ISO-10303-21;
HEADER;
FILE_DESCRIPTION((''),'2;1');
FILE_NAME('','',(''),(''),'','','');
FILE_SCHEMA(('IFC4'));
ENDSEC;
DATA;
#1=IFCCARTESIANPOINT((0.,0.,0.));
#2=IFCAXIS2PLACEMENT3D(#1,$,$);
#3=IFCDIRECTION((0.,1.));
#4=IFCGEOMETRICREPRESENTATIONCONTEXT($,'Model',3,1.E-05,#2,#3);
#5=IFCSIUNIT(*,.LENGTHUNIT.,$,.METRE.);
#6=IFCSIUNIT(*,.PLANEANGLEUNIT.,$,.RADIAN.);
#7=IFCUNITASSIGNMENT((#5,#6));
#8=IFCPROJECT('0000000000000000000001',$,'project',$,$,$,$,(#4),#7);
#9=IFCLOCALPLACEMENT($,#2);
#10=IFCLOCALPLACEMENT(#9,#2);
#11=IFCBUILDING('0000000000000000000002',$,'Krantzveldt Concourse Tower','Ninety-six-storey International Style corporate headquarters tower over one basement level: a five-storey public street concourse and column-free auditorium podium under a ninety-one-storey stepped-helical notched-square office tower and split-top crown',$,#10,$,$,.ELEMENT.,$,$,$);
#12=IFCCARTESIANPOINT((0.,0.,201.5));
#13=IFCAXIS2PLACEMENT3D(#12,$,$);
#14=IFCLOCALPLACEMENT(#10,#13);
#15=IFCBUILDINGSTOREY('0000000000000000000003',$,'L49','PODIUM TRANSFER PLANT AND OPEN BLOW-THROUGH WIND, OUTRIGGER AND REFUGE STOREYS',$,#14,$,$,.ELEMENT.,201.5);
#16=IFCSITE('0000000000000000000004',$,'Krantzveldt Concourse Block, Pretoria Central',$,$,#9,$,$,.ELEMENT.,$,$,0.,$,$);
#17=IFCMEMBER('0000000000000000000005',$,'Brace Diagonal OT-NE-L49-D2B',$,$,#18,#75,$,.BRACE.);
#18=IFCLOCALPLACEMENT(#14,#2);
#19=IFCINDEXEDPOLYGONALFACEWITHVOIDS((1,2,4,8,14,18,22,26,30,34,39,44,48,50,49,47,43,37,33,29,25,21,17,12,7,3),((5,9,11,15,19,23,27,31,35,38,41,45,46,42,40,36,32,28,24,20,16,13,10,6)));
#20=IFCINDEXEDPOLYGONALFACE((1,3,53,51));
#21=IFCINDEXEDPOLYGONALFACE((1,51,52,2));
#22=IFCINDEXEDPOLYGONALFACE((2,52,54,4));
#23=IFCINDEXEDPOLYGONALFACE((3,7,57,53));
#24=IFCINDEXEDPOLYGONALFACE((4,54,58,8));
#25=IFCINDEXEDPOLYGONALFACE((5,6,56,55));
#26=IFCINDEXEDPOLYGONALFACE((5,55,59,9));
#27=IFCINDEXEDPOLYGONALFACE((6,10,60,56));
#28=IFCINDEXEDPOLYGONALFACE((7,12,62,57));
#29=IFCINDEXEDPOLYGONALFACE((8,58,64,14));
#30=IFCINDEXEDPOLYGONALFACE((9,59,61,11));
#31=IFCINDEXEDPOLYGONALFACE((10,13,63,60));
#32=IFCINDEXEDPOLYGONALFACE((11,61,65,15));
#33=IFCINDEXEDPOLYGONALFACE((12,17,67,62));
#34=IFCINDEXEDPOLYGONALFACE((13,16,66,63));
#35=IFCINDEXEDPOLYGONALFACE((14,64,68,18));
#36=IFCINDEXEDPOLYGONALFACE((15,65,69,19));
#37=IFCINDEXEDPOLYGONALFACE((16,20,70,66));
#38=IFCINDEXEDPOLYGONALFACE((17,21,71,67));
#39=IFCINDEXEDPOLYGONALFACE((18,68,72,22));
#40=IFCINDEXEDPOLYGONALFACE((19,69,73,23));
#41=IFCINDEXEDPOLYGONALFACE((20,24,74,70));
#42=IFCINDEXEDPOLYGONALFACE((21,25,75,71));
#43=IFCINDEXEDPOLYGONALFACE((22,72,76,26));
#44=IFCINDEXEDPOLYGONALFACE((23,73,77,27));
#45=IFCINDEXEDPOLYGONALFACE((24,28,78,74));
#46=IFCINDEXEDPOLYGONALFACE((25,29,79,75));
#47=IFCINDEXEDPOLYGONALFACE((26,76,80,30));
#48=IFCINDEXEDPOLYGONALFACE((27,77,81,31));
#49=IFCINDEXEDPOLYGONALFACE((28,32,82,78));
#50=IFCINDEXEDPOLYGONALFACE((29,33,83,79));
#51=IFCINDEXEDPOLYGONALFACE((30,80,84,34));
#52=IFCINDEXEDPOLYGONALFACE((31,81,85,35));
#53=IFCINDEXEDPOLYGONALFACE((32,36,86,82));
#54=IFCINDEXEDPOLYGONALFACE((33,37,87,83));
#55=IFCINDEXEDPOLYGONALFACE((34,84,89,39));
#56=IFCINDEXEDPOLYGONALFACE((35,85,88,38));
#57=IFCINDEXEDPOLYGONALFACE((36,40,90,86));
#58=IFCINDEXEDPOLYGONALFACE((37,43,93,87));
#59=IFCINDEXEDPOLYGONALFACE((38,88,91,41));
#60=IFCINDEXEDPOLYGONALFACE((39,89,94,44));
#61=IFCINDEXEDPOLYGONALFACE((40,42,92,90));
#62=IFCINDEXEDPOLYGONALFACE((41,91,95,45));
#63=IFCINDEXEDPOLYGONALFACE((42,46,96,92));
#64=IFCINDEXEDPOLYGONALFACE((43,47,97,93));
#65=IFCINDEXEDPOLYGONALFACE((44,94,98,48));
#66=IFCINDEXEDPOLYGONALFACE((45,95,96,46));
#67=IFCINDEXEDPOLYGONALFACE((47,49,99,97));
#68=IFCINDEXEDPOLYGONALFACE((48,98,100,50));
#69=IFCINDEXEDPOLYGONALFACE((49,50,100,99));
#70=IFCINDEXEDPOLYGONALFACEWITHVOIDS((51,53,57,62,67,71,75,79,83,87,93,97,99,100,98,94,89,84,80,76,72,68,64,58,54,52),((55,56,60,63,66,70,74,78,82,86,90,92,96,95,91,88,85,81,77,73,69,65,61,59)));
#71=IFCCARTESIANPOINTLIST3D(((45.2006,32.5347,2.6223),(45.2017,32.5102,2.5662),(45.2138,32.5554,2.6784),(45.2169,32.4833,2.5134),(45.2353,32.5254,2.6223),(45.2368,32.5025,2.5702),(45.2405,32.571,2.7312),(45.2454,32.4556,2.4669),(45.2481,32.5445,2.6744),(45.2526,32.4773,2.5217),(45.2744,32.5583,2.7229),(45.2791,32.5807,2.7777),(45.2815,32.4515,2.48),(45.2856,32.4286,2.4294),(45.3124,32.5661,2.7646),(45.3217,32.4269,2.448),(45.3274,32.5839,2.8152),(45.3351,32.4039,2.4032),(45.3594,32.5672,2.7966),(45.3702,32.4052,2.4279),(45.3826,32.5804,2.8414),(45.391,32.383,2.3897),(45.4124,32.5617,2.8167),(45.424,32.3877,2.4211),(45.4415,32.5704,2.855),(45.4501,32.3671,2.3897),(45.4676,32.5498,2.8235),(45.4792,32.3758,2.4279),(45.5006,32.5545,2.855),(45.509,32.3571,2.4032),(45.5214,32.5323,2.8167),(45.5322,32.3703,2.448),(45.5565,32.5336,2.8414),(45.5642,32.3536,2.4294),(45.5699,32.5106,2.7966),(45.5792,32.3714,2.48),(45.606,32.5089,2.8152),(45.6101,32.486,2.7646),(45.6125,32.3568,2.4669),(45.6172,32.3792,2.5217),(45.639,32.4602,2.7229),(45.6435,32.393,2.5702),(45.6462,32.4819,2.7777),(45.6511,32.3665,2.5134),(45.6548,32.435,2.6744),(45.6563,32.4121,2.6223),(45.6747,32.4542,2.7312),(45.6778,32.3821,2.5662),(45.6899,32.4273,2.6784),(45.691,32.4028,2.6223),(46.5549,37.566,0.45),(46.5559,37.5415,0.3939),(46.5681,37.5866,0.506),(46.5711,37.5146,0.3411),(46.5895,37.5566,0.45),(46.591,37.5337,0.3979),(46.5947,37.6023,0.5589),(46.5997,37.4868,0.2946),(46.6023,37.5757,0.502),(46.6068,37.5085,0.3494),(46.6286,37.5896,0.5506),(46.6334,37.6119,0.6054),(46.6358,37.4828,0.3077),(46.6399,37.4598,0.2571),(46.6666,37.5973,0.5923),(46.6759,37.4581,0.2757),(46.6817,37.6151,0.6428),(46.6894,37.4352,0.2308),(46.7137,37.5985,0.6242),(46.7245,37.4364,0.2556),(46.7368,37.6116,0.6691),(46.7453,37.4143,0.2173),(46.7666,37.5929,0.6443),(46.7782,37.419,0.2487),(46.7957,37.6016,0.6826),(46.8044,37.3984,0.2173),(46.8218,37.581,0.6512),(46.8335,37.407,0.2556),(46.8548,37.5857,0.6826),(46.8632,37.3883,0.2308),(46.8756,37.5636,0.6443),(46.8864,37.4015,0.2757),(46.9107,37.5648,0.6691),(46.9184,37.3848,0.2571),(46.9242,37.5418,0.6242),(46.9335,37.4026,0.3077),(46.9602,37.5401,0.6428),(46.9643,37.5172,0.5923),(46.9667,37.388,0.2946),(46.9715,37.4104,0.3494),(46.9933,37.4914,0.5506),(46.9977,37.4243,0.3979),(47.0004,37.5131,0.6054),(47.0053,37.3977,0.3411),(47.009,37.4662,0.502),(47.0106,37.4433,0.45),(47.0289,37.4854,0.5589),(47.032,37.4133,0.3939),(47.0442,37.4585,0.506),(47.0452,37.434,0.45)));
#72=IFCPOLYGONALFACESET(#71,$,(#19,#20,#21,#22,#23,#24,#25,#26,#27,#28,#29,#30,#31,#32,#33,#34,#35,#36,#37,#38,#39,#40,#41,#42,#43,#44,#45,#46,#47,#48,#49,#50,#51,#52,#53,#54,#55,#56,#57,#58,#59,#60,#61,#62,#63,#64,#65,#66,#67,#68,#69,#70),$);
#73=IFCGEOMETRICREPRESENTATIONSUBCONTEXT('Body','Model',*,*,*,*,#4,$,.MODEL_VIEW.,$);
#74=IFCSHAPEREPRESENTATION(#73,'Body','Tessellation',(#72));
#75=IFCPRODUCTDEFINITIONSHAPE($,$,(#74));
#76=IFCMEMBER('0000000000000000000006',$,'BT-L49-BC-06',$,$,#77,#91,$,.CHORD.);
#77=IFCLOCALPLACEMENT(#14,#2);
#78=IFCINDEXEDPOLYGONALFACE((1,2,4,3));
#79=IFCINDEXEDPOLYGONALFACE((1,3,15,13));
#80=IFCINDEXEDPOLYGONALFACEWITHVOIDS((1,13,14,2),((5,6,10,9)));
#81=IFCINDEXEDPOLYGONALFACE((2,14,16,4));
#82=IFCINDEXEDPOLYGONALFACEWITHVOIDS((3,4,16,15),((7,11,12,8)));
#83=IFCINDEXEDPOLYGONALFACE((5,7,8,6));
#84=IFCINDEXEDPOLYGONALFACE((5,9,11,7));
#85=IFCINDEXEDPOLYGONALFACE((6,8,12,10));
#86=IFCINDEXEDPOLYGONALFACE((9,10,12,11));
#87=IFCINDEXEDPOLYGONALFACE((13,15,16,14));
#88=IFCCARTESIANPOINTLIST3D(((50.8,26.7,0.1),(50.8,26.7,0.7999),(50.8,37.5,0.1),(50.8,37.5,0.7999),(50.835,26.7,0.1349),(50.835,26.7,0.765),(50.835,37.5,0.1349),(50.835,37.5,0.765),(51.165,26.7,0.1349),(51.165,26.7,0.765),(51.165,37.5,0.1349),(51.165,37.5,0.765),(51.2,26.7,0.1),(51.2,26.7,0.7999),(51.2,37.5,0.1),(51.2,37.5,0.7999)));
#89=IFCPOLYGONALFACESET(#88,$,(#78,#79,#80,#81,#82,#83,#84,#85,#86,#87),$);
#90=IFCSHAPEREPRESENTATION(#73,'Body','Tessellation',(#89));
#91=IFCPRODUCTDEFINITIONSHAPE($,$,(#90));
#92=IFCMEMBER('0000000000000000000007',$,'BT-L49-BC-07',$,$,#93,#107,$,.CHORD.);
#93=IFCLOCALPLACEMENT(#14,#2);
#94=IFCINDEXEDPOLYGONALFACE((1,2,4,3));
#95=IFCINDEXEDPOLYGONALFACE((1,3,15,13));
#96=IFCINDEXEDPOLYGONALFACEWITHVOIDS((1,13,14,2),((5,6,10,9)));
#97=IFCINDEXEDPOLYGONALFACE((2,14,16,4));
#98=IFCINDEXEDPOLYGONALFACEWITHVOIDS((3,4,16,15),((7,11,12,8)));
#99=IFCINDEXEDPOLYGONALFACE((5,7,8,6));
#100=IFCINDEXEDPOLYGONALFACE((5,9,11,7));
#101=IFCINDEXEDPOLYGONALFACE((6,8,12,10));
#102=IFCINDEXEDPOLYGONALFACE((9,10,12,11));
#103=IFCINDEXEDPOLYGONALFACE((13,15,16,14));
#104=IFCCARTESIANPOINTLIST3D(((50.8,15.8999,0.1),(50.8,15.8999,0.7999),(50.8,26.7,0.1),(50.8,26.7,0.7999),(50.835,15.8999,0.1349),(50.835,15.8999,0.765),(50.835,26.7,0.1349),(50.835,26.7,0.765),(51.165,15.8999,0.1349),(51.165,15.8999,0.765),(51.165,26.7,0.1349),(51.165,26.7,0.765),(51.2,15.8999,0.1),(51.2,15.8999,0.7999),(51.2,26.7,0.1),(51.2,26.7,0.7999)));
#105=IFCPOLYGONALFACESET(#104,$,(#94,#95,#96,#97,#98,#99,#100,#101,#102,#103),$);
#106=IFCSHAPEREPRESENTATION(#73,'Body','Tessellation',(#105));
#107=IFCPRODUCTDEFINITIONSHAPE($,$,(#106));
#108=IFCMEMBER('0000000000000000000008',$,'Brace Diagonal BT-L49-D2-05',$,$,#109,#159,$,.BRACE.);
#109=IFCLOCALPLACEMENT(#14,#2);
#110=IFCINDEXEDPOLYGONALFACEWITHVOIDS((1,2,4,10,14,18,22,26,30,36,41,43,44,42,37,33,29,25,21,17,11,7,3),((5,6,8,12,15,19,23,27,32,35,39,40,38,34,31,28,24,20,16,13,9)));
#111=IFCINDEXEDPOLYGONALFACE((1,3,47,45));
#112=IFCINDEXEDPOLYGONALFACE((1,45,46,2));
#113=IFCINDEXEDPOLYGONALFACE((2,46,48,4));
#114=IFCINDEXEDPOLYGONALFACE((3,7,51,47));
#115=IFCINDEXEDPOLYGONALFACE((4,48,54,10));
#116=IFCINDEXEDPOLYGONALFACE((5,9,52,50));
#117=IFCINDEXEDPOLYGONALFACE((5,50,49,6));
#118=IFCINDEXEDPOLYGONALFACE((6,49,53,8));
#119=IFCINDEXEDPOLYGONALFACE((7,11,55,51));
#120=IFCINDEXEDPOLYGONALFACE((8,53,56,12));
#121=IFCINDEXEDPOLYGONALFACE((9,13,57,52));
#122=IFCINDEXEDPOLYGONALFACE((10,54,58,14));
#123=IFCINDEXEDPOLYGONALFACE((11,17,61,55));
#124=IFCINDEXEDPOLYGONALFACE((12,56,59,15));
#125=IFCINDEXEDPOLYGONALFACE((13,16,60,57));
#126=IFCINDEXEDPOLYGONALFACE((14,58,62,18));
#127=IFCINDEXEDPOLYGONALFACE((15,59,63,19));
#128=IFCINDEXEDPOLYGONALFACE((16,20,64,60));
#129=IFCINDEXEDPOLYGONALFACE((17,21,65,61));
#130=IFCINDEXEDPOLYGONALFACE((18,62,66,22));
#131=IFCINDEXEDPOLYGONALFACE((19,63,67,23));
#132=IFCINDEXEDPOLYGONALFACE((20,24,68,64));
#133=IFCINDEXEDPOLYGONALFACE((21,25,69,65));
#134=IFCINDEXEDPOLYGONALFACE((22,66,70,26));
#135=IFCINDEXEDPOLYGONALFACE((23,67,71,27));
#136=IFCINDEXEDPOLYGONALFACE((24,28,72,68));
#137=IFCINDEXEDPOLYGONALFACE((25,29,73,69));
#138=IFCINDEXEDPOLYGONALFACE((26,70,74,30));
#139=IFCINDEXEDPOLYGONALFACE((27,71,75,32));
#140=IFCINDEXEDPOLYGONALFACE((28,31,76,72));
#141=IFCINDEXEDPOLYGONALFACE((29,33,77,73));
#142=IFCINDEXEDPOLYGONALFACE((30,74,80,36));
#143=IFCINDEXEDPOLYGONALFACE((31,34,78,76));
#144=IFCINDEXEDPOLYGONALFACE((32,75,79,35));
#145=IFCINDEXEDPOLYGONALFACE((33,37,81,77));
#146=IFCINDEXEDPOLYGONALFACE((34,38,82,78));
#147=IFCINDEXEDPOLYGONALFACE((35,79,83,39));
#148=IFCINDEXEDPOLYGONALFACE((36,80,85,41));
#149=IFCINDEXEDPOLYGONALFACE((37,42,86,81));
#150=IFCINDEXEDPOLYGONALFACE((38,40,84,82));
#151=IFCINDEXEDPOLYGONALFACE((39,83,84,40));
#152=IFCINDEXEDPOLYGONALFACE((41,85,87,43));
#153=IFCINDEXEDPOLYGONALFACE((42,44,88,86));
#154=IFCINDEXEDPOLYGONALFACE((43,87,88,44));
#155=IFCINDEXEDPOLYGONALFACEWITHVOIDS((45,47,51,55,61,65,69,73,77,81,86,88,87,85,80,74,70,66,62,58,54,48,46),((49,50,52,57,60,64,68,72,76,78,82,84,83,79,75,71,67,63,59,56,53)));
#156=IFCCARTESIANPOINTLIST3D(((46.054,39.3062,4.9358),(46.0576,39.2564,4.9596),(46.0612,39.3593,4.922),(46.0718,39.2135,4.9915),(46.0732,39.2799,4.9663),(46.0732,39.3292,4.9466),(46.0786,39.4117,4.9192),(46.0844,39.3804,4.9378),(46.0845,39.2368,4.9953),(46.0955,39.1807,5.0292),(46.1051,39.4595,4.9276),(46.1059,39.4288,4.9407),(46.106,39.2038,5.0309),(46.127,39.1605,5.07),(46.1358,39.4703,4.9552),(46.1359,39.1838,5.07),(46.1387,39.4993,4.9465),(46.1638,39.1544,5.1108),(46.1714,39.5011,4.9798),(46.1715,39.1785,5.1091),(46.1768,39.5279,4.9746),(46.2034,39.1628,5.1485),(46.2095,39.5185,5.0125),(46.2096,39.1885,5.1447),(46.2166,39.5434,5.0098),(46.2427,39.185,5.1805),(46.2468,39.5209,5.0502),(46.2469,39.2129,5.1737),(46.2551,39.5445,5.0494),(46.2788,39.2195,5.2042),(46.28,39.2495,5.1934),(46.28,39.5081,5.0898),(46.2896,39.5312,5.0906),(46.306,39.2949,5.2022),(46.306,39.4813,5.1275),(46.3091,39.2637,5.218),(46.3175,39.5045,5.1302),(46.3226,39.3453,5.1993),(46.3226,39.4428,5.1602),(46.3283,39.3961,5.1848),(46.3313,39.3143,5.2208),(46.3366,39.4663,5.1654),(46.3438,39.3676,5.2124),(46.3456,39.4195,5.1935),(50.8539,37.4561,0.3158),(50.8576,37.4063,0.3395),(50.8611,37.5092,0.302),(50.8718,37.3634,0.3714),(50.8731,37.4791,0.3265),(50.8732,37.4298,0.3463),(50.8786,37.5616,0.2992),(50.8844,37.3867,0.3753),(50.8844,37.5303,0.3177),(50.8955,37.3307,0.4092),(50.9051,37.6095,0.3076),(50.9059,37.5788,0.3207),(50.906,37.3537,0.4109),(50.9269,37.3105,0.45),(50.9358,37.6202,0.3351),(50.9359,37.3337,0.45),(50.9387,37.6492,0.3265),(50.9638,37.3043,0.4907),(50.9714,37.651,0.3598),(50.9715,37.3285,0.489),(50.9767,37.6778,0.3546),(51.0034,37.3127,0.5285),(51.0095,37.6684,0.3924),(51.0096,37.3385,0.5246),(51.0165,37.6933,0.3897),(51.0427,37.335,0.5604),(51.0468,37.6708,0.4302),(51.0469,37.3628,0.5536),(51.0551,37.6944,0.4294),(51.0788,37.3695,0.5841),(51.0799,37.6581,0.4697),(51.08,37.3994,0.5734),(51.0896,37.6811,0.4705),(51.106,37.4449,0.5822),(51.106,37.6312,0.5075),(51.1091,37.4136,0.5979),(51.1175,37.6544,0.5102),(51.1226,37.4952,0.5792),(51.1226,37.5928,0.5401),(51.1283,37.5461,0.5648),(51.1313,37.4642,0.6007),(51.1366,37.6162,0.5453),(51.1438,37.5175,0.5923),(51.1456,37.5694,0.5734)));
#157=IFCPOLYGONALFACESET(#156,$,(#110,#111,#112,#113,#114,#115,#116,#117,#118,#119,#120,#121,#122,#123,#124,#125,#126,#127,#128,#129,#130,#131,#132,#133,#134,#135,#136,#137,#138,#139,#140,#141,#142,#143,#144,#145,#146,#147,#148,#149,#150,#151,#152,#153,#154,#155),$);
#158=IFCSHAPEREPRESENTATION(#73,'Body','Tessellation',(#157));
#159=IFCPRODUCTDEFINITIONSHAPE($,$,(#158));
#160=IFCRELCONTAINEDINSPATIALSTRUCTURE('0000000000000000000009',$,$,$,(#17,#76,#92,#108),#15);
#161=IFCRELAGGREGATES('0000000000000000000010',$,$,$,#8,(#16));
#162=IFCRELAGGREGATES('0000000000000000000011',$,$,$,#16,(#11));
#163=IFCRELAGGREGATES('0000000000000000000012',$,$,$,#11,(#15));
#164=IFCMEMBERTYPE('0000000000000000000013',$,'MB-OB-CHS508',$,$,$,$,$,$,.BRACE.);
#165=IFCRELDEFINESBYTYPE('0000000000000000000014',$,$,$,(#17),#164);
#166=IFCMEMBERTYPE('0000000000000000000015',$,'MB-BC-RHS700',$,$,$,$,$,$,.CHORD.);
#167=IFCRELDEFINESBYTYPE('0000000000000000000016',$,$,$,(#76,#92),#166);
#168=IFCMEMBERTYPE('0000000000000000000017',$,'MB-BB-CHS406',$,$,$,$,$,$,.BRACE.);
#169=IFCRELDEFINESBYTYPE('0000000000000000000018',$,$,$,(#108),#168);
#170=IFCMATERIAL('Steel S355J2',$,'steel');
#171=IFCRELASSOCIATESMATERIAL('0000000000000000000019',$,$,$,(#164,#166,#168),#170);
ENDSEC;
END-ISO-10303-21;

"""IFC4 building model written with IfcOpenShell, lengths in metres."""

from ifc_helpers import new_model, si_unit, direction, frame, origin, origin_2d, place, context, subcontext, project, spatial, hollow_rectangle, hollow_circle, extrude, source, transform, mapped, material, material_profile, profile_set, type_object, type_shapes, element, save


model = new_model("IFC4")

# Units and contexts
model_context = context("Model", 3, precision=1e-05, world=origin(), true_north=direction((0.0, 1.0)))
body_context = subcontext(model_context, "Body", "Model", "MODEL_VIEW")
ifc_project = project(units=[si_unit("LENGTHUNIT", "METRE"), si_unit("PLANEANGLEUNIT", "RADIAN")], contexts=[model_context])

# Site, building, storey
site_placement = place(None, origin())
site = spatial("IfcSite", under=ifc_project, at=site_placement, Name="Krantzveldt Concourse Block, Pretoria Central", CompositionType="ELEMENT", RefElevation=0.0)
building_placement = place(site_placement, origin())
building = spatial("IfcBuilding", under=site, at=building_placement, Name="Krantzveldt Concourse Tower", Description="Ninety-six-storey International Style corporate headquarters tower over one basement level: a five-storey public street concourse and column-free auditorium podium under a ninety-one-storey stepped-helical notched-square office tower and split-top crown", CompositionType="ELEMENT")
storey_placement = place(building_placement, frame((0.0, 0.0, 201.5)))
storey = spatial("IfcBuildingStorey", under=building, at=storey_placement, Name="L49", Description="PODIUM TRANSFER PLANT AND OPEN BLOW-THROUGH WIND, OUTRIGGER AND REFUGE STOREYS", CompositionType="ELEMENT", Elevation=201.5)

# Members
ifc_material_1 = material(Name="Steel S355J2", Category="steel")
ifc_material_profile_1 = material_profile(ifc_material_1, hollow_circle(Radius=0.2539, WallThickness=0.0359, at=origin_2d()), Name="Steel S355J2", Category="steel")
ifc_profile_set_1 = profile_set([ifc_material_profile_1], Name="Steel S355J2 - CHS 508x36")
member_type_1 = type_object("IfcMemberType", Name="MB-OB-CHS508", PredefinedType="BRACE", material=ifc_profile_set_1)
shared_shape_1 = source(origin(), body_context, "Body", "SweptSolid", [
    extrude(hollow_circle(Radius=0.2539, WallThickness=0.0359, at=origin_2d()), origin(), (0.0, 0.0, 1.0), 5.645),
])
type_shapes(member_type_1, [shared_shape_1])
member_1_placement = place(storey_placement, frame((45.4458, 32.4688, 2.6223), z_axis=(0.2399, 0.891267, -0.384826), x_axis=(-0.965631, 0.259916, 0.0)))
element("IfcMember", 1, at=member_1_placement, inside=storey, type_object=member_type_1, Name="Brace Diagonal OT-NE-L49-D2B", PredefinedType="BRACE", context=body_context, shape_type="MappedRepresentation", body=[
    mapped(shared_shape_1, transform((0.0, 0.0, 0.0), x_axis=(1.0, 0.0, 0.0), y_axis=(0.0, 1.0, 0.0), z_axis=(0.0, 0.0, 1.0), scale=1.0)),
])
ifc_material_profile_2 = material_profile(ifc_material_1, hollow_rectangle(XDim=0.3999, YDim=0.7, WallThickness=0.0349, at=origin_2d()), Name="Steel S355J2", Category="steel")
ifc_profile_set_2 = profile_set([ifc_material_profile_2], Name="Steel S355J2 - RHS 700x400x35")
member_type_2 = type_object("IfcMemberType", Name="MB-BC-RHS700", PredefinedType="CHORD", material=ifc_profile_set_2)
shared_shape_2 = source(origin(), body_context, "Body", "SweptSolid", [
    extrude(hollow_rectangle(XDim=0.3999, YDim=0.7, WallThickness=0.0349, at=origin_2d()), origin(), (0.0, 0.0, 1.0), 10.8),
])
type_shapes(member_type_2, [shared_shape_2])
for number, where, z_axis, x_axis, name in (
    (2, (51.0, 37.5, 0.45), (0.0, -1.0, 0.0), (1.0, 0.0, 0.0), "BT-L49-BC-06"),
    (3, (51.0, 26.7, 0.45), (0.0, -1.0, 0.0), (1.0, 0.0, 0.0), "BT-L49-BC-07"),
):
    element("IfcMember", number, at=place(storey_placement, frame(where, z_axis=z_axis, x_axis=x_axis)), inside=storey, type_object=member_type_2, Name=name, PredefinedType="CHORD", context=body_context, shape_type="MappedRepresentation", body=[
        mapped(shared_shape_2, transform((0.0, 0.0, 0.0), x_axis=(1.0, 0.0, 0.0), y_axis=(0.0, 1.0, 0.0), z_axis=(0.0, 0.0, 1.0), scale=1.0)),
    ])
ifc_material_profile_3 = material_profile(ifc_material_1, hollow_circle(Radius=0.2031, WallThickness=0.0249, at=origin_2d()), Name="Steel S355J2", Category="steel")
ifc_profile_set_3 = profile_set([ifc_material_profile_3], Name="Steel S355J2 - CHS 406.4x25")
member_type_3 = type_object("IfcMemberType", Name="MB-BB-CHS406", PredefinedType="BRACE", material=ifc_profile_set_3)
shared_shape_3 = source(origin(), body_context, "Body", "SweptSolid", [
    extrude(hollow_circle(Radius=0.2031, WallThickness=0.0249, at=origin_2d()), origin(), (0.0, 0.0, 1.0), 6.9143),
])
member_2_placement = place(storey_placement, frame((51.0, 37.5, 0.45), z_axis=(-0.694211, 0.267572, 0.668189), x_axis=(-0.359644, -0.93309, 0.0)))
element("IfcMember", 4, at=member_2_placement, inside=storey, type_object=member_type_3, Name="Brace Diagonal BT-L49-D2-05", PredefinedType="BRACE", context=body_context, shape_type="MappedRepresentation", body=[
    mapped(shared_shape_3, transform((0.0, 0.0, 0.0), x_axis=(1.0, 0.0, 0.0), y_axis=(0.0, 1.0, 0.0), z_axis=(0.0, 0.0, 1.0), scale=1.0)),
])

save(model, "model.ifc")
